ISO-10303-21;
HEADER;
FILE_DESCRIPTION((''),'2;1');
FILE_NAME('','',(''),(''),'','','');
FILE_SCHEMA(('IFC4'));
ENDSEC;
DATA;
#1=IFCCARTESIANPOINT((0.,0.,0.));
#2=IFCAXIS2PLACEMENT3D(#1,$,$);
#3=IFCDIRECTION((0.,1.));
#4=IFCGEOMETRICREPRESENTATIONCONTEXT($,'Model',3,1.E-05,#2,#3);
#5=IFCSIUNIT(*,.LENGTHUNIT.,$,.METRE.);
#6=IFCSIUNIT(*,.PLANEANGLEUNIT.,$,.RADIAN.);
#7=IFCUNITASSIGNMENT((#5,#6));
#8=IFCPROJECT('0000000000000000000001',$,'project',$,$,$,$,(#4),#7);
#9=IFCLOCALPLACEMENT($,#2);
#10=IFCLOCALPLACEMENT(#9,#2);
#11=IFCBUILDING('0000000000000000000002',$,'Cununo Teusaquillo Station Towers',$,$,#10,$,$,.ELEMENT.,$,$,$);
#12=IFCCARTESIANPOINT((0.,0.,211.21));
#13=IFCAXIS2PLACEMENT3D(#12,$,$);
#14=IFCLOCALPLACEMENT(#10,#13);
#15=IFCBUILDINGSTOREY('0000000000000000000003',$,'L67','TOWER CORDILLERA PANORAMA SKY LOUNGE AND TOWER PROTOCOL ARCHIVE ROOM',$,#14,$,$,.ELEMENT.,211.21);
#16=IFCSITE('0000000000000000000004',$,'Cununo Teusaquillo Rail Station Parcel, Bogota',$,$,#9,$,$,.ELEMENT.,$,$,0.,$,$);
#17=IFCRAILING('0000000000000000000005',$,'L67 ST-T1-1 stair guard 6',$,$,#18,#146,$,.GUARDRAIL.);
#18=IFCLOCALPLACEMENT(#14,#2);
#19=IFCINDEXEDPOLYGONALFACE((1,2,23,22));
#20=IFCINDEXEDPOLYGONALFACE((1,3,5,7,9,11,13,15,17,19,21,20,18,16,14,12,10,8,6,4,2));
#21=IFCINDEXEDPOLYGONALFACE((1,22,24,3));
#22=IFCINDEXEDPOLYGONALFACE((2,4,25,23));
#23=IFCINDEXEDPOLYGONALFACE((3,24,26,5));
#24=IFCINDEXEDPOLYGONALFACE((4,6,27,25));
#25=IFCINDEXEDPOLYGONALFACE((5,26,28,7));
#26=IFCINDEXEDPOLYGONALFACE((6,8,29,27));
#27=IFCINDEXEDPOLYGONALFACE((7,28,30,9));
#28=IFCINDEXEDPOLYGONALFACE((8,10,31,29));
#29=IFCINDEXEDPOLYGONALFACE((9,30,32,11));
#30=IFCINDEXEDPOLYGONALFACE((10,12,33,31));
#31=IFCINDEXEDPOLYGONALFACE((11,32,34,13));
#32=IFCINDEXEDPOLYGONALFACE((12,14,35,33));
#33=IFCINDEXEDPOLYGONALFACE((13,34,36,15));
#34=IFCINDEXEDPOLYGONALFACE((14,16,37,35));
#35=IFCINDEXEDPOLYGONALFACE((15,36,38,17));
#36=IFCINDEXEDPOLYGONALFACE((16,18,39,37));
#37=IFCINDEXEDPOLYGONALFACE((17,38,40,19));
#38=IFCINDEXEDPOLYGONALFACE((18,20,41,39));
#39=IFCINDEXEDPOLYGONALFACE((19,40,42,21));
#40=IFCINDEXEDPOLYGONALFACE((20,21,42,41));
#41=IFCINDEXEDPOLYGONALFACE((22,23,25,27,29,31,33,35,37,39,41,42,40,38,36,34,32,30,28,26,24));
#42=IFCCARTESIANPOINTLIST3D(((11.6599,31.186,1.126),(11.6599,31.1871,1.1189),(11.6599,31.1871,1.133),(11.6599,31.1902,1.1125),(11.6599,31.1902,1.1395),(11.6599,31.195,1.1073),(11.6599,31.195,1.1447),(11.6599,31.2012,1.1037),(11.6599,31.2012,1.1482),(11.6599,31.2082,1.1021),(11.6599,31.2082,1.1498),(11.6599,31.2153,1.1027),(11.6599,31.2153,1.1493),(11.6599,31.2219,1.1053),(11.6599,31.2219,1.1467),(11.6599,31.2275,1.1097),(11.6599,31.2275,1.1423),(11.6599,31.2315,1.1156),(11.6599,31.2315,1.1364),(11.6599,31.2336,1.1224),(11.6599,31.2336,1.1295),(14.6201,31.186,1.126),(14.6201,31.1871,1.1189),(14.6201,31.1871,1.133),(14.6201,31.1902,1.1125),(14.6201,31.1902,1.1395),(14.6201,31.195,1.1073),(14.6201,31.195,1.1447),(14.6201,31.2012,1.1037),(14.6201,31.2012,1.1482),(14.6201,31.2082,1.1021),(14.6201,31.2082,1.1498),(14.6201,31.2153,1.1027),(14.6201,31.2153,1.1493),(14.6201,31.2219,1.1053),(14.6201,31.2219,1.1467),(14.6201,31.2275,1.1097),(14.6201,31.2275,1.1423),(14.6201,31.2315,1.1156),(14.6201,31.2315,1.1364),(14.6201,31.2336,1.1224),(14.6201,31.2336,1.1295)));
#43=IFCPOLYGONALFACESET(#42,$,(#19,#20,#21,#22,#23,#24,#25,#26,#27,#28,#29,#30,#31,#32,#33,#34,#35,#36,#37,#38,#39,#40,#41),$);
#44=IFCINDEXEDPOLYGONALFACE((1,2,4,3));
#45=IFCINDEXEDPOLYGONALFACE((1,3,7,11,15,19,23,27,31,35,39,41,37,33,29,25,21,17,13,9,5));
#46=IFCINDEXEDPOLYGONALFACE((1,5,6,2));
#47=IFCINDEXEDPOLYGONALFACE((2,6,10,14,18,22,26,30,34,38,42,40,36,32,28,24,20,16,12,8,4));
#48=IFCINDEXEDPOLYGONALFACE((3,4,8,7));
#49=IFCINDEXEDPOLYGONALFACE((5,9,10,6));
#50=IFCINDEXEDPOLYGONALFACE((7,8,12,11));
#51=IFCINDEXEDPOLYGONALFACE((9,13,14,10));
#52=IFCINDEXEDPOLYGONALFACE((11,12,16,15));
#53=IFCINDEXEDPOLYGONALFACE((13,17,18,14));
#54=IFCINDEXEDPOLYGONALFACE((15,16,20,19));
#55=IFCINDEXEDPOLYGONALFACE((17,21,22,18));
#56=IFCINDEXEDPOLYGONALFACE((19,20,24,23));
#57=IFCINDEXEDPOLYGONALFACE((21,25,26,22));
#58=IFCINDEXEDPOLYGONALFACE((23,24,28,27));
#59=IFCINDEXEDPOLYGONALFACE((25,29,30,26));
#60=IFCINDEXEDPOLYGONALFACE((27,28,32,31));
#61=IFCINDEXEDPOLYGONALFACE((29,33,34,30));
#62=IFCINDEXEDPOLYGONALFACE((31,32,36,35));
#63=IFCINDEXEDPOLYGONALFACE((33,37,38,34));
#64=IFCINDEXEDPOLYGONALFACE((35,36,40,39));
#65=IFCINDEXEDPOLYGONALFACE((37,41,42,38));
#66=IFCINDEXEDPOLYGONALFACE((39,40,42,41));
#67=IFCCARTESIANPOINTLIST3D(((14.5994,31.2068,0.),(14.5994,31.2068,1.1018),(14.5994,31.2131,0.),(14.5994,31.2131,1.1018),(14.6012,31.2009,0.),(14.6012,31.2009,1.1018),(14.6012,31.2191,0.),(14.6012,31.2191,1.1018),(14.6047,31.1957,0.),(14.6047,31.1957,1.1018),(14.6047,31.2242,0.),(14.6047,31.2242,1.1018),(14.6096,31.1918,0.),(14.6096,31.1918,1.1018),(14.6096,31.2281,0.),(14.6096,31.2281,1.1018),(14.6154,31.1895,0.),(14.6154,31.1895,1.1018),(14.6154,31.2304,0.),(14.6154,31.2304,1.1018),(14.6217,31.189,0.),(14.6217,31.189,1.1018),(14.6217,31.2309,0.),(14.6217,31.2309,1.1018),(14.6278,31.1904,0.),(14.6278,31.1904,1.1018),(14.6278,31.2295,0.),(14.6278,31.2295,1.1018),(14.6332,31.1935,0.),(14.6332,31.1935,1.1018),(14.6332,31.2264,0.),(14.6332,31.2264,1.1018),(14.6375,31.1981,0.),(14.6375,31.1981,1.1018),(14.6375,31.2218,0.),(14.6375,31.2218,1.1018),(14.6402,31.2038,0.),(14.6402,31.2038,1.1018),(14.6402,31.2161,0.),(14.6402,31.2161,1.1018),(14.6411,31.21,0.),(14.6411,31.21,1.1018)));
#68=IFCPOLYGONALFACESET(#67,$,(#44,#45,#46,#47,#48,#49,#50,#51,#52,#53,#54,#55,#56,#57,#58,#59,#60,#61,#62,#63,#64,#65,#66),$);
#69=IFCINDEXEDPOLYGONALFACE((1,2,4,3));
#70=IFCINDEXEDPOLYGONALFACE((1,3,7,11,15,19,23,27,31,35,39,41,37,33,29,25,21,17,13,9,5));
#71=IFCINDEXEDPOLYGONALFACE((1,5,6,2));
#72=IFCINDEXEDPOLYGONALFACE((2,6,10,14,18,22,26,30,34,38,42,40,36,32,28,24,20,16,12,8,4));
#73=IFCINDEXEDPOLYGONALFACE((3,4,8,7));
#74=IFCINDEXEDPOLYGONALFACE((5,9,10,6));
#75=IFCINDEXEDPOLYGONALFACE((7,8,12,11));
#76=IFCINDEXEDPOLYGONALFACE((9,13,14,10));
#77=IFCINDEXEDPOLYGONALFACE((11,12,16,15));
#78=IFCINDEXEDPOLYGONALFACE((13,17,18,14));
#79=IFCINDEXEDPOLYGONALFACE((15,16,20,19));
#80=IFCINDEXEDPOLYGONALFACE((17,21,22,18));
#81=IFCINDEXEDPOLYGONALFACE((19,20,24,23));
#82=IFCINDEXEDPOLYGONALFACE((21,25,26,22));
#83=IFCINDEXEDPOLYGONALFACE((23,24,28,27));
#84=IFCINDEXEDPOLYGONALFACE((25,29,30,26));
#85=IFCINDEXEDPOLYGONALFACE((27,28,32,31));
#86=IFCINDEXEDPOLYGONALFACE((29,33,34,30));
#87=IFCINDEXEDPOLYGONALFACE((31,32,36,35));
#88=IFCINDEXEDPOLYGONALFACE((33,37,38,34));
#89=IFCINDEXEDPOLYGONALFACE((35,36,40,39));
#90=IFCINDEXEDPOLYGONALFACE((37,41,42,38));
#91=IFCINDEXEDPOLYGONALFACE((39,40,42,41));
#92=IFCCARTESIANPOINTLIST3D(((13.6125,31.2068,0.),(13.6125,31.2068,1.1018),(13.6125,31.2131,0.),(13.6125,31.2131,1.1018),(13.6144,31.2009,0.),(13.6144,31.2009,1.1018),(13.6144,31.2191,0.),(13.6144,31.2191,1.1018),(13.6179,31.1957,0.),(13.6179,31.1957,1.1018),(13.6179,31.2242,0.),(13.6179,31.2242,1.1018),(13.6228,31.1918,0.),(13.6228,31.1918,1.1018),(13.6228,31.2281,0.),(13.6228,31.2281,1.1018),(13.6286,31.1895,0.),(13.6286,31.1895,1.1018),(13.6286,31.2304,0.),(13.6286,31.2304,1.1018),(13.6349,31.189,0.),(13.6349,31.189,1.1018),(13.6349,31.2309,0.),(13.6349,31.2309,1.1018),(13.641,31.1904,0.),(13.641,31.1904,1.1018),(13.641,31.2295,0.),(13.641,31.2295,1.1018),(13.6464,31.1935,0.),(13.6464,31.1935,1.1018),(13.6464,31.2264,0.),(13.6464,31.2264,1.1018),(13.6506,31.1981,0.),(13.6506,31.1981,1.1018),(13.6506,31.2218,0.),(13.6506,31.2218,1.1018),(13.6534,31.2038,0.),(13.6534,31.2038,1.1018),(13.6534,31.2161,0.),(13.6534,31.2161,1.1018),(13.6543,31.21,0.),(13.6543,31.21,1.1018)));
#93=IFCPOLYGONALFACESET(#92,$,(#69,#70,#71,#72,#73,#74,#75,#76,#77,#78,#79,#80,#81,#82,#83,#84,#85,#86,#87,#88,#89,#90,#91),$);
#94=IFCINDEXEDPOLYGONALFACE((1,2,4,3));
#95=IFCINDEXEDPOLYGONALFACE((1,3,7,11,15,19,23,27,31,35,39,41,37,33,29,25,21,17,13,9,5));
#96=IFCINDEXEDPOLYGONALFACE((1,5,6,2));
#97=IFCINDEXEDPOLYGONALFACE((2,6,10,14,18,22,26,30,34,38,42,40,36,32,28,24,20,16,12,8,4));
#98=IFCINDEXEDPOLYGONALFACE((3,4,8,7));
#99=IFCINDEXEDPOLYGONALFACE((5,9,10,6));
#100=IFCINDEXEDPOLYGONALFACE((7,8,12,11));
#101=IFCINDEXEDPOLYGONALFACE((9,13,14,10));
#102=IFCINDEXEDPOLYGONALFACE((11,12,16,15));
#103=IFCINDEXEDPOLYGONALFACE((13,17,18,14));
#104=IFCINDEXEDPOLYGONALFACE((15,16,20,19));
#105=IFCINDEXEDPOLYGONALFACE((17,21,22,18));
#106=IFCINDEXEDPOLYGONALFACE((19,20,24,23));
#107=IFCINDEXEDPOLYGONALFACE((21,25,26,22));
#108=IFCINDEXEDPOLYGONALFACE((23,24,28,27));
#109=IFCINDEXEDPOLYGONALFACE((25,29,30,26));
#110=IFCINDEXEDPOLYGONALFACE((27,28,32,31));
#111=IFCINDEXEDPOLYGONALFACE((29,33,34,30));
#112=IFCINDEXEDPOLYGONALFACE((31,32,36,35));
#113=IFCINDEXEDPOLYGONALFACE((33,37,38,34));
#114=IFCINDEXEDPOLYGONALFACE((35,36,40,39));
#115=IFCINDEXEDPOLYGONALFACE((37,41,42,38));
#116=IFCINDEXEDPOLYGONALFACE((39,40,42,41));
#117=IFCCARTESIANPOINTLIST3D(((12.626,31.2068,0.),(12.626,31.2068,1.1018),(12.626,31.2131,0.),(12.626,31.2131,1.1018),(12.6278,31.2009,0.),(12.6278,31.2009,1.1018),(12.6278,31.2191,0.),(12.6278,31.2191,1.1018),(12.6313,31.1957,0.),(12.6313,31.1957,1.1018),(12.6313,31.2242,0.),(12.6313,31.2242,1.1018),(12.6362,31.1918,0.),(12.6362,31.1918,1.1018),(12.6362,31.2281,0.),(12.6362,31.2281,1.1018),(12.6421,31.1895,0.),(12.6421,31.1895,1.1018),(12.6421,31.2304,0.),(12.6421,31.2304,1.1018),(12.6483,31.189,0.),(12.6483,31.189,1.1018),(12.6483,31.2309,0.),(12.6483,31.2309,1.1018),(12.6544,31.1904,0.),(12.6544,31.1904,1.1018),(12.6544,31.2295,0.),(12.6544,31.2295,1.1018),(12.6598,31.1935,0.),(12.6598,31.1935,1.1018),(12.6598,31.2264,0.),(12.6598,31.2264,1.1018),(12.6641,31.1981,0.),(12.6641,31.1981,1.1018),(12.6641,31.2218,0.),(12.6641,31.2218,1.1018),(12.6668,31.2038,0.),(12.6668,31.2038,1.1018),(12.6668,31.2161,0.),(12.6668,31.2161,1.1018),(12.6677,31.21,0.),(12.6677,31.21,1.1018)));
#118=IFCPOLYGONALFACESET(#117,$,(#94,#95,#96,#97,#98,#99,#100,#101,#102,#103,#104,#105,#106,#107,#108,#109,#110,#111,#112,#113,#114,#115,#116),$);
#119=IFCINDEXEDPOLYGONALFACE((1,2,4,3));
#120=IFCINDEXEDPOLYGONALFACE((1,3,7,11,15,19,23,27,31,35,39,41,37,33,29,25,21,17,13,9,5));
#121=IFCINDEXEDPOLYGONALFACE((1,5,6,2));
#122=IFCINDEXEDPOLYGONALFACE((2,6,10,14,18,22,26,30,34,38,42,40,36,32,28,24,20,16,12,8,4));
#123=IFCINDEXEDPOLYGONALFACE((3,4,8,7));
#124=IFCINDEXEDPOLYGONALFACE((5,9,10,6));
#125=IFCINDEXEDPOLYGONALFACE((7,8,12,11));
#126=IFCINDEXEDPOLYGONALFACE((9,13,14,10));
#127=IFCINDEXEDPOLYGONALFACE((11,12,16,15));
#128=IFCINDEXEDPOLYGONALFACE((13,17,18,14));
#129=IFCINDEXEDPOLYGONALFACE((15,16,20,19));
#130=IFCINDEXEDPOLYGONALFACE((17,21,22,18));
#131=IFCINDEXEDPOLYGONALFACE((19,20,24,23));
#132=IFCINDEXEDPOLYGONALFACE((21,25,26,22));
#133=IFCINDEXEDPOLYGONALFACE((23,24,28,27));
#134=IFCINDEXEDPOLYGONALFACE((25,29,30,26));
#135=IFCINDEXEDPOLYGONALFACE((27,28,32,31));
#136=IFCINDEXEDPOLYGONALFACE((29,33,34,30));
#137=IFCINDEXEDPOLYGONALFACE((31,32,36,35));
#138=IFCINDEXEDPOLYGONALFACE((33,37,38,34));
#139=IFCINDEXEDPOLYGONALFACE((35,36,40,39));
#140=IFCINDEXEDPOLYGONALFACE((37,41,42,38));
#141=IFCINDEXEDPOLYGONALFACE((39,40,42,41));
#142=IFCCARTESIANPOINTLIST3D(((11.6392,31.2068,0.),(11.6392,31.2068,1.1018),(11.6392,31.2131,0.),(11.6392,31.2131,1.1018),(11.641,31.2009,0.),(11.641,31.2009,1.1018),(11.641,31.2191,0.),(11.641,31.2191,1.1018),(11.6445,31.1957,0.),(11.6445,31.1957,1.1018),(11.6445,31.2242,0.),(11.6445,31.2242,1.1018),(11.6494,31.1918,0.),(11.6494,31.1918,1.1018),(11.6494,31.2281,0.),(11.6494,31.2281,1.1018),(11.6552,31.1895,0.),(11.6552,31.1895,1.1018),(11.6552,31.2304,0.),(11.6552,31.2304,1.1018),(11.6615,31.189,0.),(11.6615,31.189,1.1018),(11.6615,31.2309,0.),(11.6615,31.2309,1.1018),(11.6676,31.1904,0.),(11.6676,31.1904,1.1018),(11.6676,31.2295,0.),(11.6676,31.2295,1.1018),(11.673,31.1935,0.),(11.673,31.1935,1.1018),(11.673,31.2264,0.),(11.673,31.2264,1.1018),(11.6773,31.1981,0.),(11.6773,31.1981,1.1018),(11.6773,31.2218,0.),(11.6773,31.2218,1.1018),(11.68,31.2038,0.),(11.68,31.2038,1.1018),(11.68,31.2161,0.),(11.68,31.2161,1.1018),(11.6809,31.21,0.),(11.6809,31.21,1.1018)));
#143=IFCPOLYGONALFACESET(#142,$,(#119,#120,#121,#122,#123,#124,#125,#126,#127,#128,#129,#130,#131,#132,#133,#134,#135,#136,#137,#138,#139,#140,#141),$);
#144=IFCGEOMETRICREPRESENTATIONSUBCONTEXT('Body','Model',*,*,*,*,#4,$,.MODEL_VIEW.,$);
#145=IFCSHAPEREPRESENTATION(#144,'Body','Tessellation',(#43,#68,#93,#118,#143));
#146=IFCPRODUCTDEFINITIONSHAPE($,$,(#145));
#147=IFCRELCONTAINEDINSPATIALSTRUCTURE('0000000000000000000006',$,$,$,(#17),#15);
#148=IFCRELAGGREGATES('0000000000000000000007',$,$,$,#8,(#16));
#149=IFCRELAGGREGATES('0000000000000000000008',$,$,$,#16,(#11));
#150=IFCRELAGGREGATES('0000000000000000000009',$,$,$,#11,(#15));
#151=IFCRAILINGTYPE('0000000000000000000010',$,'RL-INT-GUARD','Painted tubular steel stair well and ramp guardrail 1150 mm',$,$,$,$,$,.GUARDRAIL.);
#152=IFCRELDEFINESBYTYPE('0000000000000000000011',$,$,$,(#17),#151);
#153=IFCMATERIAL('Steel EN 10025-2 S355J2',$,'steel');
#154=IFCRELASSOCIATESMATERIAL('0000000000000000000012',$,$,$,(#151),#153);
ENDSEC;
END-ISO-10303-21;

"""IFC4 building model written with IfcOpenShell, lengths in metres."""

from ifc_helpers import new_model, si_unit, direction, frame, origin, origin_2d, place, context, subcontext, project, spatial, circle, extrude, material, type_object, element, save


model = new_model("IFC4")

# Units and contexts
model_context = context("Model", 3, precision=1e-05, world=origin(), true_north=direction((0.0, 1.0)))
body_context = subcontext(model_context, "Body", "Model", "MODEL_VIEW")
ifc_project = project(units=[si_unit("LENGTHUNIT", "METRE"), si_unit("PLANEANGLEUNIT", "RADIAN")], contexts=[model_context])

# Site, building, storey
site_placement = place(None, origin())
site = spatial("IfcSite", under=ifc_project, at=site_placement, Name="Cununo Teusaquillo Rail Station Parcel, Bogota", CompositionType="ELEMENT", RefElevation=0.0)
building_placement = place(site_placement, origin())
building = spatial("IfcBuilding", under=site, at=building_placement, Name="Cununo Teusaquillo Station Towers", CompositionType="ELEMENT")
storey_placement = place(building_placement, frame((0.0, 0.0, 211.21)))
storey = spatial("IfcBuildingStorey", under=building, at=storey_placement, Name="L67", Description="TOWER CORDILLERA PANORAMA SKY LOUNGE AND TOWER PROTOCOL ARCHIVE ROOM", CompositionType="ELEMENT", Elevation=211.21)

# Railing
ifc_material_1 = material(Name="Steel EN 10025-2 S355J2", Category="steel")
railing_type_1 = type_object("IfcRailingType", Name="RL-INT-GUARD", Description="Painted tubular steel stair well and ramp guardrail 1150 mm", PredefinedType="GUARDRAIL", material=ifc_material_1)
railing_1_placement = place(storey_placement, frame((14.6201, 31.21, 0.0)))
element("IfcRailing", 1, at=railing_1_placement, inside=storey, type_object=railing_type_1, Name="L67 ST-T1-1 stair guard 6", PredefinedType="GUARDRAIL", context=body_context, shape_type="SweptSolid", body=[
    extrude(circle(Radius=0.0239, at=origin_2d()), frame((0.0, 0.0, 1.126), z_axis=(-1.0, 0.0, 0.0), x_axis=(0.0, -1.0, 0.0)), (0.0, 0.0, 1.0), 2.9602),
    extrude(circle(Radius=0.021, at=origin_2d()), origin(), (0.0, 0.0, 1.0), 1.1018),
    extrude(circle(Radius=0.021, at=origin_2d()), frame((-0.9868, 0.0, 0.0)), (0.0, 0.0, 1.0), 1.1018),
    extrude(circle(Radius=0.021, at=origin_2d()), frame((-1.9734, 0.0, 0.0)), (0.0, 0.0, 1.0), 1.1018),
    extrude(circle(Radius=0.021, at=origin_2d()), frame((-2.9602, 0.0, 0.0)), (0.0, 0.0, 1.0), 1.1018),
])

save(model, "model.ifc")
